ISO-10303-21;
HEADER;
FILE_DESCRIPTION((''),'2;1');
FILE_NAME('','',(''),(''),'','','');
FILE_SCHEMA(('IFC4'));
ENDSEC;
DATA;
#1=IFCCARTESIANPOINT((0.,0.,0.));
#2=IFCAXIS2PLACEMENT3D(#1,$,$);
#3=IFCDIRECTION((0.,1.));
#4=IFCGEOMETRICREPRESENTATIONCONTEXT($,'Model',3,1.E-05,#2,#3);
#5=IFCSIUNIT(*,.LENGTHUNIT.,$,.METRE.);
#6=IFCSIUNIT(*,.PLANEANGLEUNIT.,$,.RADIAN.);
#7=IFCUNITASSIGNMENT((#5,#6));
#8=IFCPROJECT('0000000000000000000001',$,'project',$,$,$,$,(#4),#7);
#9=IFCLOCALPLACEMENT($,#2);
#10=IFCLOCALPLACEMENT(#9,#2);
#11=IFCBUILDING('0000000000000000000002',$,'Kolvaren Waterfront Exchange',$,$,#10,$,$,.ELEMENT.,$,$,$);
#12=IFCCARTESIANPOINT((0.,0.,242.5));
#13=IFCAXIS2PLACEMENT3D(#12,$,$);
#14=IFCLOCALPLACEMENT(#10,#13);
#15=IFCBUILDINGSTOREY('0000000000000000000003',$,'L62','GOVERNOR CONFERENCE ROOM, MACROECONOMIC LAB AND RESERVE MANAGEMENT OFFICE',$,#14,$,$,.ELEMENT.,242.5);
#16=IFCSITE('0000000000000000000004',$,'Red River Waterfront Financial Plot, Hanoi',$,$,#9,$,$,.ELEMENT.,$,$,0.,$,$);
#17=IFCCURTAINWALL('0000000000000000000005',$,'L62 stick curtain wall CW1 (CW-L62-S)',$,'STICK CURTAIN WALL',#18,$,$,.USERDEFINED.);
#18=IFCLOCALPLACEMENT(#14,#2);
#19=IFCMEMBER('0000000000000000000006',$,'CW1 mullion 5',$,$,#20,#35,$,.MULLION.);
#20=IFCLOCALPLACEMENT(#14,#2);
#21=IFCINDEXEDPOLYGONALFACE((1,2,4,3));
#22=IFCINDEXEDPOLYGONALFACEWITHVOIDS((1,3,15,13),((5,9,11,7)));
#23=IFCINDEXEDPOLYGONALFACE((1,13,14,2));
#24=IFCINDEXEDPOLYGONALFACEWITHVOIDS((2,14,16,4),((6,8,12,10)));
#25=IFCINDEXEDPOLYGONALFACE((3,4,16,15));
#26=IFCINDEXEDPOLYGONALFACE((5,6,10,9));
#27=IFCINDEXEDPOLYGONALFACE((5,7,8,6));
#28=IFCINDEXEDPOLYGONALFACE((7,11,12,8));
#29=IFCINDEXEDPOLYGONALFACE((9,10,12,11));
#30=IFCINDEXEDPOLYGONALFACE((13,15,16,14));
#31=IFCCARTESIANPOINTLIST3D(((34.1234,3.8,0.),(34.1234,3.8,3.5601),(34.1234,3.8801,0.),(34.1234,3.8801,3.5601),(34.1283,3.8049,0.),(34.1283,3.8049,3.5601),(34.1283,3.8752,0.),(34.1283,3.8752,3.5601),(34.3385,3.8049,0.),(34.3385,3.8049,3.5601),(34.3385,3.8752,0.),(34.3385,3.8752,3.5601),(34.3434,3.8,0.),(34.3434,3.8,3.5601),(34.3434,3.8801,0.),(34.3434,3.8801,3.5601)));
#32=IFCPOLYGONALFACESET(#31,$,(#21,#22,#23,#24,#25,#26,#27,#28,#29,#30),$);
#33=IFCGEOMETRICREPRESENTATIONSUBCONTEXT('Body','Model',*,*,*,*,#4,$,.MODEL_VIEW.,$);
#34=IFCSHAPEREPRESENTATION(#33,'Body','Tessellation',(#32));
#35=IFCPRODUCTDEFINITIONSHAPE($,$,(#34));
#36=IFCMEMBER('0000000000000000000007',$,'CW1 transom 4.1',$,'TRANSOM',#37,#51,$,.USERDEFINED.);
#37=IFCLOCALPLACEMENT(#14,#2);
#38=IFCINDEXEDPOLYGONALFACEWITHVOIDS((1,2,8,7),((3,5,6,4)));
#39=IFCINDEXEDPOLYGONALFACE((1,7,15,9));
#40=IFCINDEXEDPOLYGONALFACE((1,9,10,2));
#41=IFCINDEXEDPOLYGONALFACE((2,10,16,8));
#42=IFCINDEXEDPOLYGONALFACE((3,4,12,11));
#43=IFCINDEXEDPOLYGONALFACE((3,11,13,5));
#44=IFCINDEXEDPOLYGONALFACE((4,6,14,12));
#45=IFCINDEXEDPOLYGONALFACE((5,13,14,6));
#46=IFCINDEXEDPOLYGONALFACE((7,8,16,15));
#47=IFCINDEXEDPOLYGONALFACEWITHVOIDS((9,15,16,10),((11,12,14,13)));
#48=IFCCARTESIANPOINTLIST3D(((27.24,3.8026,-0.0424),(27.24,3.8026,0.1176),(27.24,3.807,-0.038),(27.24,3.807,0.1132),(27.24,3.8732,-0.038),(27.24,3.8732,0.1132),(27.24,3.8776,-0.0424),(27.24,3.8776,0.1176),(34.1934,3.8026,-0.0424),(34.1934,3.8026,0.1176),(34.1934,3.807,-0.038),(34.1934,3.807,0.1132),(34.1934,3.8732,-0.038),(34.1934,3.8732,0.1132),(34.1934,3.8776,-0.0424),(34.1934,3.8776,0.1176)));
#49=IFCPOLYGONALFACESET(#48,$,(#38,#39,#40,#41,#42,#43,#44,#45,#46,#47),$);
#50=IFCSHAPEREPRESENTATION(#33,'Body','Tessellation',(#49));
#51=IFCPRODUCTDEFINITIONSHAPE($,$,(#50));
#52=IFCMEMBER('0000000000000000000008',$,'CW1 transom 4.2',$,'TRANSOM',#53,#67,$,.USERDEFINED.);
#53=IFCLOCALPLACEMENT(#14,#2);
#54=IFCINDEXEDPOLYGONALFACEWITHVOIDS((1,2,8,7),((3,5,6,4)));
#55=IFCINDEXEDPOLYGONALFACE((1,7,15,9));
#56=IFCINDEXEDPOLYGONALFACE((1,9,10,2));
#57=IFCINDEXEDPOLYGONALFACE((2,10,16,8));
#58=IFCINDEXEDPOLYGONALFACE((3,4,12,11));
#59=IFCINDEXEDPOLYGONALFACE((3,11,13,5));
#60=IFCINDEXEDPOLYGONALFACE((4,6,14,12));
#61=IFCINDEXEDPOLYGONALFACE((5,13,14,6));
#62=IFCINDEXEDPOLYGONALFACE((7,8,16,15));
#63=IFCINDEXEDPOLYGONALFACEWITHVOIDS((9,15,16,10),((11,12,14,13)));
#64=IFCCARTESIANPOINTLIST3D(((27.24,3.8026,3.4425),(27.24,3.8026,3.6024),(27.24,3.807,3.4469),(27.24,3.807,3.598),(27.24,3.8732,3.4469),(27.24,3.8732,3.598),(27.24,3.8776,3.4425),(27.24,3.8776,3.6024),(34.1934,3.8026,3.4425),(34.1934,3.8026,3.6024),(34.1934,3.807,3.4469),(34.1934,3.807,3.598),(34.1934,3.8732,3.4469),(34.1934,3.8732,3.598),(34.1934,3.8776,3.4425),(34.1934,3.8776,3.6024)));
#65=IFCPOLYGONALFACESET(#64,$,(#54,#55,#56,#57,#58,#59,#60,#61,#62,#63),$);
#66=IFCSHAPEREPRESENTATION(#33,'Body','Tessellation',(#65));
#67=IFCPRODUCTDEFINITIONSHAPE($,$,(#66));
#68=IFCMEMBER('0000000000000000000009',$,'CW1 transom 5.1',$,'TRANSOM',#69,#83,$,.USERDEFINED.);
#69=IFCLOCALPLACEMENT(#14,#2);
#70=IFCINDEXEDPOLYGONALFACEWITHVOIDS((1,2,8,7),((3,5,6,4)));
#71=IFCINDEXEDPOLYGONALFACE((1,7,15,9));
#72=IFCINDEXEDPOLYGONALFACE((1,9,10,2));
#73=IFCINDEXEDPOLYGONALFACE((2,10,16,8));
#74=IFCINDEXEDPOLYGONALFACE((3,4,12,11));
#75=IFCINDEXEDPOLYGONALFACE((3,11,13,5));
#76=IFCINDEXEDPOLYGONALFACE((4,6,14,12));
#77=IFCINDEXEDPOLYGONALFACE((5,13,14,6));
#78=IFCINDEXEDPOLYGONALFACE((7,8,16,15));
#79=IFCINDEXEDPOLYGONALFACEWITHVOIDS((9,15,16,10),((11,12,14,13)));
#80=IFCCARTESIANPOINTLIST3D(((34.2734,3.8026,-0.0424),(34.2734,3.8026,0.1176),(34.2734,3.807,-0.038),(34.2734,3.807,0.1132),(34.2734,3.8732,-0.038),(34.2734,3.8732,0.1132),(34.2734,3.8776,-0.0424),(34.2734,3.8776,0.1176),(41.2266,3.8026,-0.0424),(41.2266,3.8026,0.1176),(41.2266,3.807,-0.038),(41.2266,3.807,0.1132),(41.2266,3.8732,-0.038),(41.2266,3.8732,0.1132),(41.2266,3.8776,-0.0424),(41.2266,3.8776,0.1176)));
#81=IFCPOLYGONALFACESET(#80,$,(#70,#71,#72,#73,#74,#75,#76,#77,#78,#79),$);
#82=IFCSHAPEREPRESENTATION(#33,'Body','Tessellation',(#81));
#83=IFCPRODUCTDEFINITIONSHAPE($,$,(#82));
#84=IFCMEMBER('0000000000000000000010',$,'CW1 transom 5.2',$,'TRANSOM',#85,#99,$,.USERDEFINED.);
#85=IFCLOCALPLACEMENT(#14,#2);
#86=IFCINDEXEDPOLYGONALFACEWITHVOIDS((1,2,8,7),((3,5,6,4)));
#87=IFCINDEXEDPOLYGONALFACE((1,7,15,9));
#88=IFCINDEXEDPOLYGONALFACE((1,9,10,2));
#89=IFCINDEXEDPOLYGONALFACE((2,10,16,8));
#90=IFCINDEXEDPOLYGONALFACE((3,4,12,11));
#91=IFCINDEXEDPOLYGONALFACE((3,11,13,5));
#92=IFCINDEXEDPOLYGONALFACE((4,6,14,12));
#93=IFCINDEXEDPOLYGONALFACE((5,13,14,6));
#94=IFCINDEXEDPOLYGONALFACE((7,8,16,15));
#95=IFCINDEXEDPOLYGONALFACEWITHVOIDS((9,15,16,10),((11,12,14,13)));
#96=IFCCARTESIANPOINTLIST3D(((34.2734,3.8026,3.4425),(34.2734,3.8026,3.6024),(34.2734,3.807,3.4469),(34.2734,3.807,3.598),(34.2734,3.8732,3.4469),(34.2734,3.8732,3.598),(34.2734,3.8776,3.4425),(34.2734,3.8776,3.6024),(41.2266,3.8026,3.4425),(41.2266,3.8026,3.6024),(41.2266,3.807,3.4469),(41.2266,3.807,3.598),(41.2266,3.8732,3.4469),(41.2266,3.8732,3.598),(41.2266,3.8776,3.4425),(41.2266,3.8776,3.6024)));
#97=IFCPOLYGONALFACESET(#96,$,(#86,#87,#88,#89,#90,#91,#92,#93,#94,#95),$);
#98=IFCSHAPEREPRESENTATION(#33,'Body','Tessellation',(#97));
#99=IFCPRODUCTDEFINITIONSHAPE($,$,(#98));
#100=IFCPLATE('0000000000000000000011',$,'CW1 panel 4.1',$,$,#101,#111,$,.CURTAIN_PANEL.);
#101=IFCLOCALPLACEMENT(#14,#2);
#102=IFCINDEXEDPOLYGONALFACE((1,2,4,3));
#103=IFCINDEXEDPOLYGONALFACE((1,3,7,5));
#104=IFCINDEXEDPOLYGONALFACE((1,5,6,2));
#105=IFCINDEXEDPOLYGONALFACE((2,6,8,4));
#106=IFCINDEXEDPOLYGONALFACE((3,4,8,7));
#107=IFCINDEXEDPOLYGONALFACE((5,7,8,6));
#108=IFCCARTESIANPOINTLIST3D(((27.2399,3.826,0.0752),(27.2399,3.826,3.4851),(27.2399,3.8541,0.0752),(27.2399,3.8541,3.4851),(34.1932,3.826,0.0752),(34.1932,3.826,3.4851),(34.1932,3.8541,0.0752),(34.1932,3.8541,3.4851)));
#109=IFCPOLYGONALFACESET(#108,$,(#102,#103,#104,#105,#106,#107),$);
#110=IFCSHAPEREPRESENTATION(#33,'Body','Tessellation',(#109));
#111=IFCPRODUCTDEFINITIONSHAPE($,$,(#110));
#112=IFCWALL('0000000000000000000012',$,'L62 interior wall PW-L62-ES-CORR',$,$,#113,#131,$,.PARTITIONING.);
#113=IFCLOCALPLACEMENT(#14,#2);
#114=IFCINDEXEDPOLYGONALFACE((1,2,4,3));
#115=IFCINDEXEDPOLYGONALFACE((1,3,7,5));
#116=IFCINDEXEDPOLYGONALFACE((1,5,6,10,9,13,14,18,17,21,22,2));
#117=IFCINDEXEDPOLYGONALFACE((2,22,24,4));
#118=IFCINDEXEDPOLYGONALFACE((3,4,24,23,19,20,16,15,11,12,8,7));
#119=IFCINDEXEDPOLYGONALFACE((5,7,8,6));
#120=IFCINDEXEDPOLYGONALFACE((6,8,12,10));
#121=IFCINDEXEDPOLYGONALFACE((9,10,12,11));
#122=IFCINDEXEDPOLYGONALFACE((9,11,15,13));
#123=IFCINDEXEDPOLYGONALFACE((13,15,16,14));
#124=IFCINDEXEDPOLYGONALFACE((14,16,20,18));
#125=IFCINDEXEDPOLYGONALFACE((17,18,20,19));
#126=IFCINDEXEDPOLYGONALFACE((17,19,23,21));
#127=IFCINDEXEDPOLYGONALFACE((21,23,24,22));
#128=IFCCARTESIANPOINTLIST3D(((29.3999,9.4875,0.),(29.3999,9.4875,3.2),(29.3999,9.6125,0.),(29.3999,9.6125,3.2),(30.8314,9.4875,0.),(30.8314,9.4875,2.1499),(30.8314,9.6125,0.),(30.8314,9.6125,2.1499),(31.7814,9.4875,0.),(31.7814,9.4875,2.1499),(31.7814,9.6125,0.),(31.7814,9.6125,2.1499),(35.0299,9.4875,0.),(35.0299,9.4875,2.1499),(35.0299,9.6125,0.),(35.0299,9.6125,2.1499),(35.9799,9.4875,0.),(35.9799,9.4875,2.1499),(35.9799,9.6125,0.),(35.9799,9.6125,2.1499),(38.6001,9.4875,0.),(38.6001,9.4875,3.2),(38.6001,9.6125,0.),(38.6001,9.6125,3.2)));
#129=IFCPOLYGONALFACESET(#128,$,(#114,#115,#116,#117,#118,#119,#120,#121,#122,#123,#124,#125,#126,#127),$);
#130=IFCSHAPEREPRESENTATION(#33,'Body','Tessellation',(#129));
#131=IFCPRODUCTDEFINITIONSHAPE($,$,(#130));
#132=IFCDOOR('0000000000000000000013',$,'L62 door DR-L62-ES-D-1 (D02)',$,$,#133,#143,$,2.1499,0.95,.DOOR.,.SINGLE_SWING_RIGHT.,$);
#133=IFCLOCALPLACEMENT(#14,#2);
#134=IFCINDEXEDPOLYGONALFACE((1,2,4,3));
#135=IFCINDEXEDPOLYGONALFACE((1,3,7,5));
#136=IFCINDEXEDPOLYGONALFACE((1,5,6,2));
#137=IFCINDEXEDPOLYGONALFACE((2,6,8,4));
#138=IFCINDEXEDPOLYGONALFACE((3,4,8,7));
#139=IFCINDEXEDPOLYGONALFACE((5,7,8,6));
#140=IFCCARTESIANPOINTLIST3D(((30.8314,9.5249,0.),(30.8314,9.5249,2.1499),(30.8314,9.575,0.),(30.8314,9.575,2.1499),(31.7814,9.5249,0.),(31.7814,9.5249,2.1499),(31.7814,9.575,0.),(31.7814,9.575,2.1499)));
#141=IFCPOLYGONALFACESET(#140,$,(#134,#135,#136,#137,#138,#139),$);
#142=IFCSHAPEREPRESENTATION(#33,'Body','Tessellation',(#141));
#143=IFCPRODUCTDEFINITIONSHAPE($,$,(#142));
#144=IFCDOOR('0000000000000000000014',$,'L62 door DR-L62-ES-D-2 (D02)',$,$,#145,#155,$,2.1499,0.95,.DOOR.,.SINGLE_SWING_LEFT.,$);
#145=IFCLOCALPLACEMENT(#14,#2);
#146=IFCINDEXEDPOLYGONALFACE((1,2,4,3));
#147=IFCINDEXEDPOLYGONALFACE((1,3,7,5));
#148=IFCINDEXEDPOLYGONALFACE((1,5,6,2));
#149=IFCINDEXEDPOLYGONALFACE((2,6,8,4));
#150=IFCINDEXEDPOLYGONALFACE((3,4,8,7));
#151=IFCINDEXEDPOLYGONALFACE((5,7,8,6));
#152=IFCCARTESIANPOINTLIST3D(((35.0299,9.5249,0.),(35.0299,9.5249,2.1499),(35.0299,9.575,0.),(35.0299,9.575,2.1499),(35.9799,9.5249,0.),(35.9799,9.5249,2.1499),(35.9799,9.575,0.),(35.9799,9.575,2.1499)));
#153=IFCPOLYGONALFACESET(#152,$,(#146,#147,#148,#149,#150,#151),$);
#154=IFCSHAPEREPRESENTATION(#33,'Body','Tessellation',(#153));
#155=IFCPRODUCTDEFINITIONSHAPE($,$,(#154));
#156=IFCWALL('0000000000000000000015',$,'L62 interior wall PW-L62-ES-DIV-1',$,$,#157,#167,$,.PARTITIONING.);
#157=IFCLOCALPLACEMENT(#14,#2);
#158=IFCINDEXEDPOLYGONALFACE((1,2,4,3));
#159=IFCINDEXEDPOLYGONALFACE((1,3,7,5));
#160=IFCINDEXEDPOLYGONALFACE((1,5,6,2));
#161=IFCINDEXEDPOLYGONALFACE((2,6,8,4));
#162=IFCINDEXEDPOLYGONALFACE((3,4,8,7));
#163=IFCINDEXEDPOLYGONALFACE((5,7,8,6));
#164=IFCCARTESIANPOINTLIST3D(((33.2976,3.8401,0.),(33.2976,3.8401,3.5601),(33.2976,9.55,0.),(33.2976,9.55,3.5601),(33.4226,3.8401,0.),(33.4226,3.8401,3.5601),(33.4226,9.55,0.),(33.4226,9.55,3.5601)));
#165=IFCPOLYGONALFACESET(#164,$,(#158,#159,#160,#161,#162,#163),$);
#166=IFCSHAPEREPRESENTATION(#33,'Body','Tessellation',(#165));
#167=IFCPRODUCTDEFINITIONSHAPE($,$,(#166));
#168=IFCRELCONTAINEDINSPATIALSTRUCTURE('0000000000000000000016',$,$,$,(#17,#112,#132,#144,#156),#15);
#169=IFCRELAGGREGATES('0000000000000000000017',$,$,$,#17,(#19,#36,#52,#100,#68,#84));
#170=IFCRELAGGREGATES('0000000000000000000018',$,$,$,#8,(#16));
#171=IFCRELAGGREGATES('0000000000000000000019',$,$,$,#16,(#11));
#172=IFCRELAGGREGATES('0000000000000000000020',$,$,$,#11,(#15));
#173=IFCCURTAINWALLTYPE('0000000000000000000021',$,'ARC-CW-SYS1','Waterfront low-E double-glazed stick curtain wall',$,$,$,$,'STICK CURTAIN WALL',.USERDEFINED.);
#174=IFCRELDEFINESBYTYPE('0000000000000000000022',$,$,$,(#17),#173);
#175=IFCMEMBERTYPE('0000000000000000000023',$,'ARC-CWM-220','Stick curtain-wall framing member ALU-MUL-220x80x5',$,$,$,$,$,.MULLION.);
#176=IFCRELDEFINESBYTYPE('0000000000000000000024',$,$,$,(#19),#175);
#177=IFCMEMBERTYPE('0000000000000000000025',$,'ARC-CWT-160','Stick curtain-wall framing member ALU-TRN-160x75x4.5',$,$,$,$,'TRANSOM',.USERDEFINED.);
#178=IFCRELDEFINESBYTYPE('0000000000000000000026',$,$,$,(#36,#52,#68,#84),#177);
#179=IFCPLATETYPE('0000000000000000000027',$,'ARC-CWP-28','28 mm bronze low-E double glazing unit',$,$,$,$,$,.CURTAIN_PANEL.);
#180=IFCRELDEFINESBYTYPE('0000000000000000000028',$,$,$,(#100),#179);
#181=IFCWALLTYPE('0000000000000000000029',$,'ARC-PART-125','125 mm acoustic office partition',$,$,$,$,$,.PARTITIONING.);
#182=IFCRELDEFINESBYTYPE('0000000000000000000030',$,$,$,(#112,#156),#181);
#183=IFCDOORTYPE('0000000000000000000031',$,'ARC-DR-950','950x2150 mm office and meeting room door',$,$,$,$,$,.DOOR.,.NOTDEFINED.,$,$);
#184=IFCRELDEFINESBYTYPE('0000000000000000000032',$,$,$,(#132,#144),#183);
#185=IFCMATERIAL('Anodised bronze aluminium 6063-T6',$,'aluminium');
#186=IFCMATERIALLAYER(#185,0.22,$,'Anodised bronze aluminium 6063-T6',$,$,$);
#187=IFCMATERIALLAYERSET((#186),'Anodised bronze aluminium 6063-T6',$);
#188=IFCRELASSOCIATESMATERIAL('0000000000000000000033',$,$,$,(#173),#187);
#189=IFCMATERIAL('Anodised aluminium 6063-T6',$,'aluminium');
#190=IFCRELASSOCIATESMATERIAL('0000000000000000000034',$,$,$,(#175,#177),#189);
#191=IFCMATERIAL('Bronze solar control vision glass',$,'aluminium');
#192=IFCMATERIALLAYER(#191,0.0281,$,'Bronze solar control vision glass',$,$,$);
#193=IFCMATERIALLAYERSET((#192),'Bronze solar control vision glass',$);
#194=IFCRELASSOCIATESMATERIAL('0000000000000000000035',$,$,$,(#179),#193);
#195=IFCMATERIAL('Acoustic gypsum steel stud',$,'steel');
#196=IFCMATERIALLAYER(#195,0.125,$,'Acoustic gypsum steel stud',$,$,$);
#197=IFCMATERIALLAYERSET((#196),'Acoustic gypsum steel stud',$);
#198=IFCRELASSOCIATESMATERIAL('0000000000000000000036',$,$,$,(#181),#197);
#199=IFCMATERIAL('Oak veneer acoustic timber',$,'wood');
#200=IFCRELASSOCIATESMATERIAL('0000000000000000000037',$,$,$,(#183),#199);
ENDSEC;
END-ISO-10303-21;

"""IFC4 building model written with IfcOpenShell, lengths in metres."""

from ifc_helpers import new_model, si_unit, direction, frame, frame_2d, origin, origin_with_axes, origin_2d, place, context, subcontext, project, spatial, rectangle, hollow_rectangle, extrude, source, transform, mapped, material, layer, layer_set, material_profile, profile_set, type_object, element, fill, aggregate, save


model = new_model("IFC4")

# Units and contexts
model_context = context("Model", 3, precision=1e-05, world=origin(), true_north=direction((0.0, 1.0)))
body_context = subcontext(model_context, "Body", "Model", "MODEL_VIEW")
ifc_project = project(units=[si_unit("LENGTHUNIT", "METRE"), si_unit("PLANEANGLEUNIT", "RADIAN")], contexts=[model_context])

# Site, building, storey
site_placement = place(None, origin())
site = spatial("IfcSite", under=ifc_project, at=site_placement, Name="Red River Waterfront Financial Plot, Hanoi", CompositionType="ELEMENT", RefElevation=0.0)
building_placement = place(site_placement, origin())
building = spatial("IfcBuilding", under=site, at=building_placement, Name="Kolvaren Waterfront Exchange", CompositionType="ELEMENT")
storey_placement = place(building_placement, frame((0.0, 0.0, 242.5)))
storey = spatial("IfcBuildingStorey", under=building, at=storey_placement, Name="L62", Description="GOVERNOR CONFERENCE ROOM, MACROECONOMIC LAB AND RESERVE MANAGEMENT OFFICE", CompositionType="ELEMENT", Elevation=242.5)

# Curtain wall, members, plate
ifc_material_1 = material(Name="Anodised bronze aluminium 6063-T6", Category="aluminium")
ifc_layer_1 = layer(ifc_material_1, 0.22, Name="Anodised bronze aluminium 6063-T6")
ifc_layer_set_1 = layer_set([ifc_layer_1], Name="Anodised bronze aluminium 6063-T6")
curtain_wall_type = type_object("IfcCurtainWallType", Name="ARC-CW-SYS1", Description="Waterfront low-E double-glazed stick curtain wall", ElementType="STICK CURTAIN WALL", PredefinedType="USERDEFINED", material=ifc_layer_set_1)
curtain_wall_placement = place(storey_placement, origin())
curtain_wall = element("IfcCurtainWall", 1, at=curtain_wall_placement, inside=storey, type_object=curtain_wall_type, Name="L62 stick curtain wall CW1 (CW-L62-S)", ObjectType="STICK CURTAIN WALL", PredefinedType="USERDEFINED")
ifc_material_2 = material(Name="Anodised aluminium 6063-T6", Category="aluminium")
ifc_material_profile_1 = material_profile(ifc_material_2, hollow_rectangle(XDim=0.0801, YDim=0.22, WallThickness=0.0049, at=origin_2d()), Name="ALU-MUL-220x80x5")
ifc_profile_set_1 = profile_set([ifc_material_profile_1], Name="Anodised aluminium 6063-T6")
member_type_1 = type_object("IfcMemberType", Name="ARC-CWM-220", Description="Stick curtain-wall framing member ALU-MUL-220x80x5", PredefinedType="MULLION", material=ifc_profile_set_1)
shared_shape_1 = source(origin_with_axes(), body_context, "Body", "SweptSolid", [
    extrude(hollow_rectangle(XDim=0.0801, YDim=0.22, WallThickness=0.0049, at=origin_2d()), origin(), (0.0, 0.0, 1.0), 3.5601),
])
member_1_placement = place(storey_placement, frame((34.2334, 3.8401, 0.0), z_axis=(0.0, 0.0, 1.0), x_axis=(0.0, 1.0, 0.0)))
member_1 = element("IfcMember", 2, at=member_1_placement, type_object=member_type_1, Name="CW1 mullion 5", PredefinedType="MULLION", context=body_context, shape_type="MappedRepresentation", body=[
    mapped(shared_shape_1, transform((0.0, 0.0, 0.0), x_axis=(1.0, 0.0, 0.0), y_axis=(0.0, 1.0, 0.0), z_axis=(0.0, 0.0, 1.0), scale=1.0)),
])
ifc_material_profile_2 = material_profile(ifc_material_2, hollow_rectangle(XDim=0.075, YDim=0.1599, WallThickness=0.0044, at=origin_2d()), Name="ALU-TRN-160x75x4.5")
ifc_profile_set_2 = profile_set([ifc_material_profile_2], Name="Anodised aluminium 6063-T6")
member_type_2 = type_object("IfcMemberType", Name="ARC-CWT-160", Description="Stick curtain-wall framing member ALU-TRN-160x75x4.5", ElementType="TRANSOM", PredefinedType="USERDEFINED", material=ifc_profile_set_2)
shared_shape_2 = source(origin_with_axes(), body_context, "Body", "SweptSolid", [
    extrude(hollow_rectangle(XDim=0.075, YDim=0.1599, WallThickness=0.0044, at=origin_2d()), origin(), (0.0, 0.0, 1.0), 6.9534),
])
member_2_placement = place(storey_placement, frame((27.24, 3.8401, 0.0376), z_axis=(1.0, 0.0, 0.0), x_axis=(0.0, 1.0, 0.0)))
member_2 = element("IfcMember", 3, at=member_2_placement, type_object=member_type_2, Name="CW1 transom 4.1", ObjectType="TRANSOM", PredefinedType="USERDEFINED", context=body_context, shape_type="MappedRepresentation", body=[
    mapped(shared_shape_2, transform((0.0, 0.0, 0.0), x_axis=(1.0, 0.0, 0.0), y_axis=(0.0, 1.0, 0.0), z_axis=(0.0, 0.0, 1.0), scale=1.0)),
])
member_3_placement = place(storey_placement, frame((27.24, 3.8401, 3.5225), z_axis=(1.0, 0.0, 0.0), x_axis=(0.0, 1.0, 0.0)))
member_3 = element("IfcMember", 4, at=member_3_placement, type_object=member_type_2, Name="CW1 transom 4.2", ObjectType="TRANSOM", PredefinedType="USERDEFINED", context=body_context, shape_type="MappedRepresentation", body=[
    mapped(shared_shape_2, transform((0.0, 0.0, 0.0), x_axis=(1.0, 0.0, 0.0), y_axis=(0.0, 1.0, 0.0), z_axis=(0.0, 0.0, 1.0), scale=1.0)),
])
shared_shape_3 = source(origin_with_axes(), body_context, "Body", "SweptSolid", [
    extrude(hollow_rectangle(XDim=0.075, YDim=0.1599, WallThickness=0.0044, at=origin_2d()), origin(), (0.0, 0.0, 1.0), 6.9531),
])
member_4_placement = place(storey_placement, frame((34.2734, 3.8401, 0.0376), z_axis=(1.0, 0.0, 0.0), x_axis=(0.0, 1.0, 0.0)))
member_4 = element("IfcMember", 5, at=member_4_placement, type_object=member_type_2, Name="CW1 transom 5.1", ObjectType="TRANSOM", PredefinedType="USERDEFINED", context=body_context, shape_type="MappedRepresentation", body=[
    mapped(shared_shape_3, transform((0.0, 0.0, 0.0), x_axis=(1.0, 0.0, 0.0), y_axis=(0.0, 1.0, 0.0), z_axis=(0.0, 0.0, 1.0), scale=1.0)),
])
member_5_placement = place(storey_placement, frame((34.2734, 3.8401, 3.5225), z_axis=(1.0, 0.0, 0.0), x_axis=(0.0, 1.0, 0.0)))
member_5 = element("IfcMember", 6, at=member_5_placement, type_object=member_type_2, Name="CW1 transom 5.2", ObjectType="TRANSOM", PredefinedType="USERDEFINED", context=body_context, shape_type="MappedRepresentation", body=[
    mapped(shared_shape_3, transform((0.0, 0.0, 0.0), x_axis=(1.0, 0.0, 0.0), y_axis=(0.0, 1.0, 0.0), z_axis=(0.0, 0.0, 1.0), scale=1.0)),
])
ifc_material_3 = material(Name="Bronze solar control vision glass", Category="aluminium")
ifc_layer_2 = layer(ifc_material_3, 0.0281, Name="Bronze solar control vision glass")
ifc_layer_set_2 = layer_set([ifc_layer_2], Name="Bronze solar control vision glass")
plate_type = type_object("IfcPlateType", Name="ARC-CWP-28", Description="28 mm bronze low-E double glazing unit", PredefinedType="CURTAIN_PANEL", material=ifc_layer_set_2)
shared_shape_4 = source(origin_with_axes(), body_context, "Body", "SweptSolid", [
    extrude(rectangle(XDim=6.9534, YDim=0.0281, at=origin_2d()), origin(), (0.0, 0.0, 1.0), 3.4099),
])
plate_placement = place(storey_placement, frame((30.7166, 3.8401, 0.0752), z_axis=(0.0, 0.0, 1.0), x_axis=(1.0, 0.0, 0.0)))
plate = element("IfcPlate", 7, at=plate_placement, type_object=plate_type, Name="CW1 panel 4.1", PredefinedType="CURTAIN_PANEL", context=body_context, shape_type="MappedRepresentation", body=[
    mapped(shared_shape_4, transform((0.0, 0.0, 0.0), x_axis=(1.0, 0.0, 0.0), y_axis=(0.0, 1.0, 0.0), z_axis=(0.0, 0.0, 1.0), scale=1.0)),
])
aggregate(curtain_wall, [member_1, member_2, member_3, plate, member_4, member_5])

# Wall, openings, doors
ifc_material_4 = material(Name="Acoustic gypsum steel stud", Category="steel")
ifc_layer_3 = layer(ifc_material_4, 0.125, Name="Acoustic gypsum steel stud")
ifc_layer_set_3 = layer_set([ifc_layer_3], Name="Acoustic gypsum steel stud")
wall_type_1 = type_object("IfcWallType", Name="ARC-PART-125", Description="125 mm acoustic office partition", PredefinedType="PARTITIONING", material=ifc_layer_set_3)
wall_1_placement = place(storey_placement, frame((29.3999, 9.55, 0.0), z_axis=(0.0, 0.0, 1.0), x_axis=(1.0, 0.0, 0.0)))
wall_1 = element("IfcWall", 8, at=wall_1_placement, inside=storey, type_object=wall_type_1, Name="L62 interior wall PW-L62-ES-CORR", PredefinedType="PARTITIONING", context=body_context, shape_type="SweptSolid", body=[
    extrude(rectangle(XDim=9.2002, YDim=0.125, at=frame_2d((4.6001, 0.0))), origin(), (0.0, 0.0, 1.0), 3.2),
])
opening_1_placement = place(wall_1_placement, frame((1.4314, 0.0, 0.0)))
opening_1 = element("IfcOpeningElement", 9, at=opening_1_placement, cuts=wall_1, PredefinedType="OPENING", context=body_context, shape_type="SweptSolid", body=[
    extrude(rectangle(XDim=0.95, YDim=2.1499, at=frame_2d((0.4751, 1.075))), frame((0.0, 0.0725, 0.0), z_axis=(0.0, -1.0, 0.0), x_axis=(1.0, 0.0, 0.0)), (0.0, 0.0, 1.0), 0.145),
])
opening_2_placement = place(wall_1_placement, frame((5.6299, 0.0, 0.0)))
opening_2 = element("IfcOpeningElement", 10, at=opening_2_placement, cuts=wall_1, PredefinedType="OPENING", context=body_context, shape_type="SweptSolid", body=[
    extrude(rectangle(XDim=0.95, YDim=2.1499, at=frame_2d((0.4751, 1.075))), frame((0.0, 0.0725, 0.0), z_axis=(0.0, -1.0, 0.0), x_axis=(1.0, 0.0, 0.0)), (0.0, 0.0, 1.0), 0.145),
])
ifc_material_5 = material(Name="Oak veneer acoustic timber", Category="wood")
door_type = type_object("IfcDoorType", Name="ARC-DR-950", Description="950x2150 mm office and meeting room door", OperationType="NOTDEFINED", PredefinedType="DOOR", material=ifc_material_5)
door_1_placement = place(opening_1_placement, origin())
door_1 = element("IfcDoor", 11, at=door_1_placement, inside=storey, type_object=door_type, Name="L62 door DR-L62-ES-D-1 (D02)", OperationType="SINGLE_SWING_RIGHT", OverallHeight=2.1499, OverallWidth=0.95, PredefinedType="DOOR", context=body_context, shape_type="SweptSolid", body=[
    extrude(rectangle(XDim=0.95, YDim=2.1499, at=frame_2d((0.4751, 1.075))), frame((0.0, 0.0249, 0.0), z_axis=(0.0, -1.0, 0.0), x_axis=(1.0, 0.0, 0.0)), (0.0, 0.0, 1.0), 0.05),
])
fill(opening_1, door_1)
door_2_placement = place(opening_2_placement, origin())
door_2 = element("IfcDoor", 12, at=door_2_placement, inside=storey, type_object=door_type, Name="L62 door DR-L62-ES-D-2 (D02)", OperationType="SINGLE_SWING_LEFT", OverallHeight=2.1499, OverallWidth=0.95, PredefinedType="DOOR", context=body_context, shape_type="SweptSolid", body=[
    extrude(rectangle(XDim=0.95, YDim=2.1499, at=frame_2d((0.4751, 1.075))), frame((0.0, 0.0249, 0.0), z_axis=(0.0, -1.0, 0.0), x_axis=(1.0, 0.0, 0.0)), (0.0, 0.0, 1.0), 0.05),
])
fill(opening_2, door_2)

# Wall
wall_2_placement = place(storey_placement, frame((33.3601, 3.8401, 0.0), z_axis=(0.0, 0.0, 1.0), x_axis=(0.0, 1.0, 0.0)))
element("IfcWall", 13, at=wall_2_placement, inside=storey, type_object=wall_type_1, Name="L62 interior wall PW-L62-ES-DIV-1", PredefinedType="PARTITIONING", context=body_context, shape_type="SweptSolid", body=[
    extrude(rectangle(XDim=5.71, YDim=0.125, at=frame_2d((2.855, 0.0))), origin(), (0.0, 0.0, 1.0), 3.5601),
])

save(model, "model.ifc")
